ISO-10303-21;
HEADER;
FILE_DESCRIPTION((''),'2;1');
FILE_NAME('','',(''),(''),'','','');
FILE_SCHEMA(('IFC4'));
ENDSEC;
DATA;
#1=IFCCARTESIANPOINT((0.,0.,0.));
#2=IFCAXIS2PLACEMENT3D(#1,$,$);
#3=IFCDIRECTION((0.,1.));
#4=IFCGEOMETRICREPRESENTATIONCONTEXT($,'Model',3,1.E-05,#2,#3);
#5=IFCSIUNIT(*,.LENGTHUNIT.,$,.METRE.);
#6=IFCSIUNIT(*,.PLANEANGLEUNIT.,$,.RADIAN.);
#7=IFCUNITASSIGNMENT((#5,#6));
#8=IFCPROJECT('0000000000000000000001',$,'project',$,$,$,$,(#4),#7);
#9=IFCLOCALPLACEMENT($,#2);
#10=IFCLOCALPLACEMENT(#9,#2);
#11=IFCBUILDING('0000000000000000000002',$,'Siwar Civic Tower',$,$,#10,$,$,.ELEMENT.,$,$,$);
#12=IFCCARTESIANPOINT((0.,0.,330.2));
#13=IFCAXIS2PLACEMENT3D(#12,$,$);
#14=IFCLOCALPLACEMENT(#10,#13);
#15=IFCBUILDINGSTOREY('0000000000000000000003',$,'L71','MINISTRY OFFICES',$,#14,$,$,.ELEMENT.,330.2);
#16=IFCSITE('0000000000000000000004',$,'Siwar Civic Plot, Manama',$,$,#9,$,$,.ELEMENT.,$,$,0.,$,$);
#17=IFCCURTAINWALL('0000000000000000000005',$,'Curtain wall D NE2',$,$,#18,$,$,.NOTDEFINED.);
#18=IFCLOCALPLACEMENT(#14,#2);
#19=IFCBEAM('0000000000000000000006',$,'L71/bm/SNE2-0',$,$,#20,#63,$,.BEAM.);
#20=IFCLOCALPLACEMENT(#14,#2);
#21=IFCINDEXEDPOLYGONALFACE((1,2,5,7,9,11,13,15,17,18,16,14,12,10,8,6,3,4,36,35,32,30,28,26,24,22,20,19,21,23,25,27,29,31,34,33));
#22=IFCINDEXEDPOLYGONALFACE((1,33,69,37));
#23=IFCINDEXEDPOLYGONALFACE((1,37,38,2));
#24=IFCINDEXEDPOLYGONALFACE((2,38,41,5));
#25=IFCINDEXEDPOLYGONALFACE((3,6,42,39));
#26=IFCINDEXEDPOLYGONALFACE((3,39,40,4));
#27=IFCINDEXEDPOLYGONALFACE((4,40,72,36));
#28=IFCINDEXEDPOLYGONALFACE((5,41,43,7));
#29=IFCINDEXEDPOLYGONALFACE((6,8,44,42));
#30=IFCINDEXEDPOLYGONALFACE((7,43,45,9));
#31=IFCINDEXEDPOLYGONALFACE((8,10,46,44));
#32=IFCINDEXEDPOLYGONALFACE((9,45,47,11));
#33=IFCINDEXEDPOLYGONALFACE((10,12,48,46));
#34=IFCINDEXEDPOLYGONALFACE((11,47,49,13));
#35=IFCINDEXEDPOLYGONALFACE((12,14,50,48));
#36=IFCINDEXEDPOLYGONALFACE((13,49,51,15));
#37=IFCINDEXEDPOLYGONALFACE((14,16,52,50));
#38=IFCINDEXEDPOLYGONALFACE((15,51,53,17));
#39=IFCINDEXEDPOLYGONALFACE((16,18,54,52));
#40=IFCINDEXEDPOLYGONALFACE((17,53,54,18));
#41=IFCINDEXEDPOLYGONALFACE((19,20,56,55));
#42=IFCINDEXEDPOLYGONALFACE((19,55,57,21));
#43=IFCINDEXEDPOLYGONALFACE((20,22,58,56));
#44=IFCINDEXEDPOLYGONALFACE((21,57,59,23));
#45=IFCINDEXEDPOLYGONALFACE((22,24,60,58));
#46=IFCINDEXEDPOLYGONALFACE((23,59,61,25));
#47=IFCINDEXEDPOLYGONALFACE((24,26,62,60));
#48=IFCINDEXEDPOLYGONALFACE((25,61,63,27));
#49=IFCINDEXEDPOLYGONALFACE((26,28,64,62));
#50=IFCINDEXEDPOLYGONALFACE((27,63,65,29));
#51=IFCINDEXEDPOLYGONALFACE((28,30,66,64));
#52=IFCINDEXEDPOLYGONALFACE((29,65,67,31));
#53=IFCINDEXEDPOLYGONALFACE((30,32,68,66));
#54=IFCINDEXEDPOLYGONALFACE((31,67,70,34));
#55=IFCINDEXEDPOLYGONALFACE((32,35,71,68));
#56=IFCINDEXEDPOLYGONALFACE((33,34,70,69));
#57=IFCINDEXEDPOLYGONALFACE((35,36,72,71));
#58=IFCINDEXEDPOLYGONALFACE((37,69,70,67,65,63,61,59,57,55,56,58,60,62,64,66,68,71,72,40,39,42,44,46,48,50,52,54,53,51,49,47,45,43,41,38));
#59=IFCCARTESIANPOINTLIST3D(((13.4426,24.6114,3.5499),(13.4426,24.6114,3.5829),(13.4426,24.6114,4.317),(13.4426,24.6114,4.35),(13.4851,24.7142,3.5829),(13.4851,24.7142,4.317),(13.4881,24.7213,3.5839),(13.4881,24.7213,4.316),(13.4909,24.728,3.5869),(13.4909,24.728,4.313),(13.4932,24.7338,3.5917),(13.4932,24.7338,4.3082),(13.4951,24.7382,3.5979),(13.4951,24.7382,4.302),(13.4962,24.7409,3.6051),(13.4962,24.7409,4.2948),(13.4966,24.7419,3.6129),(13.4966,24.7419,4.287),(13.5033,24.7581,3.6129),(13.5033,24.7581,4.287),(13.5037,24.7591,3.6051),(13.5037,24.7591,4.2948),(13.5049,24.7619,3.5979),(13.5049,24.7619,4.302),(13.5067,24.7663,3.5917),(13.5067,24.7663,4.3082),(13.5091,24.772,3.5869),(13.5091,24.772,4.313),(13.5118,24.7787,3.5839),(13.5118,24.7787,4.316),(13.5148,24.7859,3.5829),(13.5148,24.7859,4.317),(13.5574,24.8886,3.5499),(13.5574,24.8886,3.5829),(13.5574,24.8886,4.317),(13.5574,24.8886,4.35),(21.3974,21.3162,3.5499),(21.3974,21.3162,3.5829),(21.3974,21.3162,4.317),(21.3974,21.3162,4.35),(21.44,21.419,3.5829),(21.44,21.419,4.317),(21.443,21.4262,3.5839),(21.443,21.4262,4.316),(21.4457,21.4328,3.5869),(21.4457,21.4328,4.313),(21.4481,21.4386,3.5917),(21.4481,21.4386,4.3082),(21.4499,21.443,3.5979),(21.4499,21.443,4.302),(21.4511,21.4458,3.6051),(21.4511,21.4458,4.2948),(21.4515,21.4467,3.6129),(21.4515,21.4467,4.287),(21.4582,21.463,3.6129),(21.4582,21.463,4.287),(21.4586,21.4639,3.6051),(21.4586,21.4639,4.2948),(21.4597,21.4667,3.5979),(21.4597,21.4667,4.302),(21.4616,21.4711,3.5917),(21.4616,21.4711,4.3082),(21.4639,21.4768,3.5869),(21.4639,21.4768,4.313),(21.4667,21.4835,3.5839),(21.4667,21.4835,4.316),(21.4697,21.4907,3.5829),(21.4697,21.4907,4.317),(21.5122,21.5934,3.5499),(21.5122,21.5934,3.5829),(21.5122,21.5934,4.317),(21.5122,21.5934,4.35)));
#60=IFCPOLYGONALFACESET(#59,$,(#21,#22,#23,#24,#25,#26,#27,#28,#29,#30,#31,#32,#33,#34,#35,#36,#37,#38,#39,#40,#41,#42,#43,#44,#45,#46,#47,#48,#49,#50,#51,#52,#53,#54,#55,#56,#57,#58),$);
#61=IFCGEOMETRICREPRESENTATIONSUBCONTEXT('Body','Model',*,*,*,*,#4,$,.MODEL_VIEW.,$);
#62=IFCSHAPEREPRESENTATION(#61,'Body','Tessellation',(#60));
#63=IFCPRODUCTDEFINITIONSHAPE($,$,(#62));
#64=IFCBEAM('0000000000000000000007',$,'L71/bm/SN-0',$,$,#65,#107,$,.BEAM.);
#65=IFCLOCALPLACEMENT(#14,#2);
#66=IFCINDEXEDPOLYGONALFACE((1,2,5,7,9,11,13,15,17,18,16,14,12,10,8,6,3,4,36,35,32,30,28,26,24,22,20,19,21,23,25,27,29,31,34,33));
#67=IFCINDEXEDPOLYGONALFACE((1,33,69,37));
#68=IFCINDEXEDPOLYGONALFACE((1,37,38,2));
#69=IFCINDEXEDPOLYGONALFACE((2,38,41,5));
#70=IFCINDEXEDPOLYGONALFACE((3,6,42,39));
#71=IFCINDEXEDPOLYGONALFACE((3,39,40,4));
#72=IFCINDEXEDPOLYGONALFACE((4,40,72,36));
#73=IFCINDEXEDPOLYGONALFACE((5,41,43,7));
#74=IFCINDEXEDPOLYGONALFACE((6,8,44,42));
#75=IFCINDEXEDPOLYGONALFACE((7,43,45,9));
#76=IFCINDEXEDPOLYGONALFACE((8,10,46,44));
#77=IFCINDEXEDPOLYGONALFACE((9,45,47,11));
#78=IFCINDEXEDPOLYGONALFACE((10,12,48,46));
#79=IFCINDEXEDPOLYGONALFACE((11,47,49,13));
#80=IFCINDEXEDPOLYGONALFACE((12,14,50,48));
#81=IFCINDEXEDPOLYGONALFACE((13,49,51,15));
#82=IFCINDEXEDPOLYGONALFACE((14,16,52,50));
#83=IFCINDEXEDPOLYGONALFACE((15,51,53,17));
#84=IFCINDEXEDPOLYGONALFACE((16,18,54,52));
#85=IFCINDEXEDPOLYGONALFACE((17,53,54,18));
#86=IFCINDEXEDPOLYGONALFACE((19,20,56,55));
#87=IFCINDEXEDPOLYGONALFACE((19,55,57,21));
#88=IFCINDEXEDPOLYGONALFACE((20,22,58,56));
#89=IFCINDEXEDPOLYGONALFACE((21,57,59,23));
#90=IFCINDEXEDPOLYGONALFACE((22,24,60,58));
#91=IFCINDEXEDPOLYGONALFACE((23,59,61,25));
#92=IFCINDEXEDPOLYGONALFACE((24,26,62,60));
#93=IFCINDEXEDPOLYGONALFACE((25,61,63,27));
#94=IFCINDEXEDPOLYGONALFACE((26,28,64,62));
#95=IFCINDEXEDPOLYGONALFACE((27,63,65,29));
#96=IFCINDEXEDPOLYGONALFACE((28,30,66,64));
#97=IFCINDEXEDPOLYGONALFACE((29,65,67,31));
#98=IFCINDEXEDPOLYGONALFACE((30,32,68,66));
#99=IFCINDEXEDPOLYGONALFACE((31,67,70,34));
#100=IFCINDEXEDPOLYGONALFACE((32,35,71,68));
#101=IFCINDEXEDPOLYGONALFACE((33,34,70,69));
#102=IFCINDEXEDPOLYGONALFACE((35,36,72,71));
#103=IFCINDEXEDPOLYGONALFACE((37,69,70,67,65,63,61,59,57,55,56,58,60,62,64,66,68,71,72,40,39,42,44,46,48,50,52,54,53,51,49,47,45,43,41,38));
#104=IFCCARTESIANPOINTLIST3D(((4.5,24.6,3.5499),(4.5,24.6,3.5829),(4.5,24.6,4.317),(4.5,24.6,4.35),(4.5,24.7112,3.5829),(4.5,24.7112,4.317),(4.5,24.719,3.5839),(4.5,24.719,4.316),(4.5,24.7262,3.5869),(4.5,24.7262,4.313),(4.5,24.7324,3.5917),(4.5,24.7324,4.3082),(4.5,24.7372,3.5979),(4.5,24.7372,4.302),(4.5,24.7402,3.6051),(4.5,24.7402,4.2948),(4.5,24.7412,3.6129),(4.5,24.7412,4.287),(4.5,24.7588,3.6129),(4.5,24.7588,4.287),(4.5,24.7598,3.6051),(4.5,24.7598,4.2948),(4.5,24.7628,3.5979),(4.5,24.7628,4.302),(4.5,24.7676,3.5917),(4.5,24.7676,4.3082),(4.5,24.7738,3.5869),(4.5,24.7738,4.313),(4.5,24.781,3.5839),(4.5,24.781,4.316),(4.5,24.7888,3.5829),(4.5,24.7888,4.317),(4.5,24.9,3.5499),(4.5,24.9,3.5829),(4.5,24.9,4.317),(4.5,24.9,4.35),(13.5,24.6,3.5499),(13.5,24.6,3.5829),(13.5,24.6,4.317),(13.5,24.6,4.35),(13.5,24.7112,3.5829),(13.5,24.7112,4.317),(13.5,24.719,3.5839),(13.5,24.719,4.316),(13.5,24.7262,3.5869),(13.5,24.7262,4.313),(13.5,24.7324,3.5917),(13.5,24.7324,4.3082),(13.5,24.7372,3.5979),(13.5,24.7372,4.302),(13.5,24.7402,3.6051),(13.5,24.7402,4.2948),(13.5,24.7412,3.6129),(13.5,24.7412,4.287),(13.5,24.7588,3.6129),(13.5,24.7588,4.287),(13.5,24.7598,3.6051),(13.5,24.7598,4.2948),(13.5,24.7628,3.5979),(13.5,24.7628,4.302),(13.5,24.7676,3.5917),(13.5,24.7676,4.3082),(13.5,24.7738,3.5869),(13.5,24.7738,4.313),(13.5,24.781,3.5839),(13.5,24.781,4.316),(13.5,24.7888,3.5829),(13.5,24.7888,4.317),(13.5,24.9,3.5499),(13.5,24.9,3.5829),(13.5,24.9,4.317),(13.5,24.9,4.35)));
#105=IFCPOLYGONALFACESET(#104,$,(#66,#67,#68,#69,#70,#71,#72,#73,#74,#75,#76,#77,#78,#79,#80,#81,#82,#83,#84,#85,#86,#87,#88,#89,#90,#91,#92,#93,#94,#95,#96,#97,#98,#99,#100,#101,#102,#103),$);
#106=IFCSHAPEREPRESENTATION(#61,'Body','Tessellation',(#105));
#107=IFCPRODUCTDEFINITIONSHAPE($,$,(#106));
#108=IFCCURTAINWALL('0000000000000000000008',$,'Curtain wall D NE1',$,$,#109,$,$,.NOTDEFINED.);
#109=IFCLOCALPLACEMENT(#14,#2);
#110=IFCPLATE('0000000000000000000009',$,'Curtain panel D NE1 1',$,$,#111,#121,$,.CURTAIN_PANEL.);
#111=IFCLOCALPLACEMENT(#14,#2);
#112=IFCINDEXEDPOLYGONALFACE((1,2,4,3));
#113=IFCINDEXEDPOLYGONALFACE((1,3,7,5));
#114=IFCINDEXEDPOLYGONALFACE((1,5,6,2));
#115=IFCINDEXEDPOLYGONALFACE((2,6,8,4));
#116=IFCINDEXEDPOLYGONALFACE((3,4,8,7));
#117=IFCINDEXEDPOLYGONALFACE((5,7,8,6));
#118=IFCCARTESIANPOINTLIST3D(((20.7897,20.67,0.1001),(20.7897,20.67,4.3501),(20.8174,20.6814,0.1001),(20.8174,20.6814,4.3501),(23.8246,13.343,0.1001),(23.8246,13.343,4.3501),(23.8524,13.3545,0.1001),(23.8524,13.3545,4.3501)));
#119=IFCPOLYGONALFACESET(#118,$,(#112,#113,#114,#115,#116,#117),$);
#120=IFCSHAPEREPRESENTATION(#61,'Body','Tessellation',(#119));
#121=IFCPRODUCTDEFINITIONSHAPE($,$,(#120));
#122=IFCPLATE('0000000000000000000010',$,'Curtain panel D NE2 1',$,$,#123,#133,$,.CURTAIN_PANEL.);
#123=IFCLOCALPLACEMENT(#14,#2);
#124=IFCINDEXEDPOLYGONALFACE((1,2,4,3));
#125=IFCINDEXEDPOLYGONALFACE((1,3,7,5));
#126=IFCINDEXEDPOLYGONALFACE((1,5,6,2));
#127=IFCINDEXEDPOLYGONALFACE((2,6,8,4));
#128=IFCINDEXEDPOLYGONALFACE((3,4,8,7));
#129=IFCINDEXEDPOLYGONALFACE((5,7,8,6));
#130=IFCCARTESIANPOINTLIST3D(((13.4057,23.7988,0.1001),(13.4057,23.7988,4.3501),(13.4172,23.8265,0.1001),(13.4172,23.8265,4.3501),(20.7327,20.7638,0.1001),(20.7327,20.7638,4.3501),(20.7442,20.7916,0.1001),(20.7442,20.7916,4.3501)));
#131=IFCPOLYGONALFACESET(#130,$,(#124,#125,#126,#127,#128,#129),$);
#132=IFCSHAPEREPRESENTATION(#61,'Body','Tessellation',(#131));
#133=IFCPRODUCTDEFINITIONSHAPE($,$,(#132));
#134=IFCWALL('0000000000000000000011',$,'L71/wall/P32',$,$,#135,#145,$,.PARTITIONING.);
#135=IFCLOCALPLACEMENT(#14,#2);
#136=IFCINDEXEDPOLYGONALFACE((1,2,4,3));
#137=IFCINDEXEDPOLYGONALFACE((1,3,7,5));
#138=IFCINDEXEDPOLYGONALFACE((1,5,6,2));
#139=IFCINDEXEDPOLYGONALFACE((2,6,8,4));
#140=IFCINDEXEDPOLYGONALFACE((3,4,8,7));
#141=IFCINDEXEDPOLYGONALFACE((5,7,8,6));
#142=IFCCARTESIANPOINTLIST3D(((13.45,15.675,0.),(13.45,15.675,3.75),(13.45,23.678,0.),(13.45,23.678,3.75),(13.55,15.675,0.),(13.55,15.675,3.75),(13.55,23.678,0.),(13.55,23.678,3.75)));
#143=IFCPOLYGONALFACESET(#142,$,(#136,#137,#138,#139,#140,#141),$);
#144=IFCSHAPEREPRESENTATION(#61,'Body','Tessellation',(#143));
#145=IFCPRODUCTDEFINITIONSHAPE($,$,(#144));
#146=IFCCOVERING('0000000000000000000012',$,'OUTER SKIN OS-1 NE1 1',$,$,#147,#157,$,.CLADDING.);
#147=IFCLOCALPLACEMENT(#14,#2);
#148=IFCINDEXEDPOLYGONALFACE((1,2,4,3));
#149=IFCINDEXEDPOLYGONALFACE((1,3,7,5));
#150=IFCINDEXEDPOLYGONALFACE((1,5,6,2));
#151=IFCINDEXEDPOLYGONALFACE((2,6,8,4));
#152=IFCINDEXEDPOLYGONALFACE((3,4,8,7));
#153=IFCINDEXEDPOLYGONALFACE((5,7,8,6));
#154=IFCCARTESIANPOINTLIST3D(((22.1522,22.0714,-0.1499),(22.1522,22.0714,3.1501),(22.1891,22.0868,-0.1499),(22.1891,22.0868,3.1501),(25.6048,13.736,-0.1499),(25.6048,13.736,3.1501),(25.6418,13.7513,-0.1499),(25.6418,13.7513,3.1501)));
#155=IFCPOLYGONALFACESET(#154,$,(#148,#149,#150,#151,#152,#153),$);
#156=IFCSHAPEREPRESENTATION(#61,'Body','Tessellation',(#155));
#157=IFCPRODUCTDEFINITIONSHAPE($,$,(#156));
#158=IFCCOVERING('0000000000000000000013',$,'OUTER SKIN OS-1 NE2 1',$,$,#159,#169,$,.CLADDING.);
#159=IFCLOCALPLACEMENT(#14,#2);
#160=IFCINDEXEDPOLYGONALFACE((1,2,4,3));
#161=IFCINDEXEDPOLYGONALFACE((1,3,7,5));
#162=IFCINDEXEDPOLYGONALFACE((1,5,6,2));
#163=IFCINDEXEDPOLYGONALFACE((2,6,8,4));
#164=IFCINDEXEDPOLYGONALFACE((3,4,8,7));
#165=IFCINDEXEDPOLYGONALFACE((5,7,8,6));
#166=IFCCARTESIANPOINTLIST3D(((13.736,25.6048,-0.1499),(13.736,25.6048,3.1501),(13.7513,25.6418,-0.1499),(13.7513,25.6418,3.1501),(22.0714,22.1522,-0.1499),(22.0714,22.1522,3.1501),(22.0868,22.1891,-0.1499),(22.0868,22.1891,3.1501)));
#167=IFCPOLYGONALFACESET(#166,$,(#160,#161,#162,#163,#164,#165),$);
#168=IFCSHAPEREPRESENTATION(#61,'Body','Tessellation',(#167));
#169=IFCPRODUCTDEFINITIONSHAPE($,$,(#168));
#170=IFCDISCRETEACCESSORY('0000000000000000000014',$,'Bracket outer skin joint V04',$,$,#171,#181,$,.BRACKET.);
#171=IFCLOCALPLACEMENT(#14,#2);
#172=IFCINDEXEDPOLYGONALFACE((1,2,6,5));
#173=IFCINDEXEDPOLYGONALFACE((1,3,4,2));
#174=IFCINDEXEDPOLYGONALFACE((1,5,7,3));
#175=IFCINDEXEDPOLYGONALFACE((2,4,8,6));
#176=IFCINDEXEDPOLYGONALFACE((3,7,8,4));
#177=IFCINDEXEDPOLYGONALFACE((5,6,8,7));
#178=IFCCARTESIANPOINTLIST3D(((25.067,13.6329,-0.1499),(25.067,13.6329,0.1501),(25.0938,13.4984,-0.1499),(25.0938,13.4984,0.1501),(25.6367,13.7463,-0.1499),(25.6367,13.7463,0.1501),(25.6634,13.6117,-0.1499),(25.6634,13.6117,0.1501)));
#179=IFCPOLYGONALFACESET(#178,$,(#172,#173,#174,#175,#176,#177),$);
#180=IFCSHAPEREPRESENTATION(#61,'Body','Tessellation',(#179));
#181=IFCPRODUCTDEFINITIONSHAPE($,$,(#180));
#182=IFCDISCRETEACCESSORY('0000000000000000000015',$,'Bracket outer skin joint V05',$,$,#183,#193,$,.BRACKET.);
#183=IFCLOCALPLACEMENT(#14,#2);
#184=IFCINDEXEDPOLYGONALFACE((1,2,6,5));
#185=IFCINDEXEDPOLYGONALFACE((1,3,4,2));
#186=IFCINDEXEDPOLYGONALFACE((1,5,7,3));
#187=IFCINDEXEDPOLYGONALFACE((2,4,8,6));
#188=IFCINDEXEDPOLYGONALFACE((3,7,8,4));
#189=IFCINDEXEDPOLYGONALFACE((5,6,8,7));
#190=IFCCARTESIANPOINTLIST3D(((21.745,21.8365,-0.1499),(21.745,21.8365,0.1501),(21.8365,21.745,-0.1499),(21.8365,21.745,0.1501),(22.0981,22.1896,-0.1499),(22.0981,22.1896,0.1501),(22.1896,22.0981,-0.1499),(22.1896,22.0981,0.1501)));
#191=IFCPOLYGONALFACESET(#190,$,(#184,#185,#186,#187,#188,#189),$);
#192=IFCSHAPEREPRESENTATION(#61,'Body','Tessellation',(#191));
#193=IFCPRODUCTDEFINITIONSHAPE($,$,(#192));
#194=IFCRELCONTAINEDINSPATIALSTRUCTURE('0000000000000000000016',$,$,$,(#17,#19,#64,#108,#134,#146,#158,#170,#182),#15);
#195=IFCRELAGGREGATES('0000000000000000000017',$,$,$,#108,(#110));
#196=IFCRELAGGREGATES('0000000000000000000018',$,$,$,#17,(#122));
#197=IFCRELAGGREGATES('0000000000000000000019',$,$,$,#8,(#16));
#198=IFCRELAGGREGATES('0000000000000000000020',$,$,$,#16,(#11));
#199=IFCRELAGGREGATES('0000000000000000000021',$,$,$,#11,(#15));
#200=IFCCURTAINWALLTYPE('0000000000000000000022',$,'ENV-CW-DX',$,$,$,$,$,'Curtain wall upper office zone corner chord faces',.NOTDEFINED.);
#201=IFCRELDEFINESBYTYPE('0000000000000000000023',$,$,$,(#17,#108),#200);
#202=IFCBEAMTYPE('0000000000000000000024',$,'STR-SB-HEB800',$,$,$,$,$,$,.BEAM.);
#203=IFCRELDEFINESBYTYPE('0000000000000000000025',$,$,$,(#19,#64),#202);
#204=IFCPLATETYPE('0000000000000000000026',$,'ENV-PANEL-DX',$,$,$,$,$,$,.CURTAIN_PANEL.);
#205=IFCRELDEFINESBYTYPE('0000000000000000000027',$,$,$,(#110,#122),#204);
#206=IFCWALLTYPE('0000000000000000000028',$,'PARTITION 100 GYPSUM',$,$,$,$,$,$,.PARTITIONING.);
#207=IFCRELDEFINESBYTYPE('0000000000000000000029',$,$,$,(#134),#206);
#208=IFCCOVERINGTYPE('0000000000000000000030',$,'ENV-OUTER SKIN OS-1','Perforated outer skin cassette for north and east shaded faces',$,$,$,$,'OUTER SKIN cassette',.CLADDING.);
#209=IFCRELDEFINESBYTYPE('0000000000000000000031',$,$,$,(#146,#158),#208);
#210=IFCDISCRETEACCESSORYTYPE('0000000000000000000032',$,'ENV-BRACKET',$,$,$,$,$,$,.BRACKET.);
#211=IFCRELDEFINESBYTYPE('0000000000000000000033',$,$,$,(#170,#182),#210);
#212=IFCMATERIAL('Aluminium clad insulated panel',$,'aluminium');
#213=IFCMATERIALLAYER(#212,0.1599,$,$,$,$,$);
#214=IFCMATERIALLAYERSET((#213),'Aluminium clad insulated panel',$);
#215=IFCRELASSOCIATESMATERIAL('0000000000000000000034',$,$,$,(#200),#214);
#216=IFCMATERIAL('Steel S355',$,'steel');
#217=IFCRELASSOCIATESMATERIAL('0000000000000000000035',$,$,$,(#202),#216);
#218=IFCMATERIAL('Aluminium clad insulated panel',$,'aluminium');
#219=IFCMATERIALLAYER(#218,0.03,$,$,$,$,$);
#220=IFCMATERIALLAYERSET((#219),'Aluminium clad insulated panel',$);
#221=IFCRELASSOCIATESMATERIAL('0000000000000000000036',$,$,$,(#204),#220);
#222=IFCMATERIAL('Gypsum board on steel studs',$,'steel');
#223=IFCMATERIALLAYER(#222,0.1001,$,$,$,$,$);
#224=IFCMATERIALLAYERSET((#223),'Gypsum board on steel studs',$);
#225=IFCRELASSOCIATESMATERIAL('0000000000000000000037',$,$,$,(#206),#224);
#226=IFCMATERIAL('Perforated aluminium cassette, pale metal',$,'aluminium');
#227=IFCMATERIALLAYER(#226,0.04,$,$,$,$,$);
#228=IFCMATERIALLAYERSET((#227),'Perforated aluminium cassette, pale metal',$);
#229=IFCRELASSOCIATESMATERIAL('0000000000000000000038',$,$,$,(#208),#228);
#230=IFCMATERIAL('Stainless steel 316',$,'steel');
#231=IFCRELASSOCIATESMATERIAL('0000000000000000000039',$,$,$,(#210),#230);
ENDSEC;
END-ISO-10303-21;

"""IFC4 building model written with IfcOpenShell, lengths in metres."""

from ifc_helpers import new_model, si_unit, direction, frame, frame_2d, origin, origin_2d, place, context, subcontext, project, spatial, rectangle, i_section, extrude, material, layer, layer_set, material_profile, profile_set, type_object, element, aggregate, save


model = new_model("IFC4")

# Units and contexts
model_context = context("Model", 3, precision=1e-05, world=origin(), true_north=direction((0.0, 1.0)))
body_context = subcontext(model_context, "Body", "Model", "MODEL_VIEW")
ifc_project = project(units=[si_unit("LENGTHUNIT", "METRE"), si_unit("PLANEANGLEUNIT", "RADIAN")], contexts=[model_context])

# Site, building, storey
site_placement = place(None, origin())
site = spatial("IfcSite", under=ifc_project, at=site_placement, Name="Siwar Civic Plot, Manama", CompositionType="ELEMENT", RefElevation=0.0)
building_placement = place(site_placement, origin())
building = spatial("IfcBuilding", under=site, at=building_placement, Name="Siwar Civic Tower", CompositionType="ELEMENT")
storey_placement = place(building_placement, frame((0.0, 0.0, 330.2)))
storey = spatial("IfcBuildingStorey", under=building, at=storey_placement, Name="L71", Description="MINISTRY OFFICES", CompositionType="ELEMENT", Elevation=330.2)

# Curtain wall
ifc_material_1 = material(Name="Aluminium clad insulated panel", Category="aluminium")
ifc_layer_1 = layer(ifc_material_1, 0.1599)
ifc_layer_set_1 = layer_set([ifc_layer_1], Name="Aluminium clad insulated panel")
curtain_wall_type_1 = type_object("IfcCurtainWallType", Name="ENV-CW-DX", ElementType="Curtain wall upper office zone corner chord faces", PredefinedType="NOTDEFINED", material=ifc_layer_set_1)
curtain_wall_1_placement = place(storey_placement, origin())
curtain_wall_1 = element("IfcCurtainWall", 1, at=curtain_wall_1_placement, inside=storey, type_object=curtain_wall_type_1, Name="Curtain wall D NE2", PredefinedType="NOTDEFINED")

# Beams
ifc_material_2 = material(Name="Steel S355", Category="steel")
ifc_material_profile_1 = material_profile(ifc_material_2, i_section(OverallWidth=0.3, OverallDepth=0.8, WebThickness=0.0176, FlangeThickness=0.033, FilletRadius=0.03, at=origin_2d()), Name="HEB800")
ifc_profile_set_1 = profile_set([ifc_material_profile_1], Name="Steel S355")
beam_type_1 = type_object("IfcBeamType", Name="STR-SB-HEB800", PredefinedType="BEAM", material=ifc_profile_set_1)
beam_1_placement = place(storey_placement, frame((21.4548, 21.4548, 3.95), z_axis=(-0.923873, 0.3827, 0.0), x_axis=(-0.3827, -0.923873, 0.0)))
element("IfcBeam", 2, at=beam_1_placement, inside=storey, type_object=beam_type_1, Name="L71/bm/SNE2-0", PredefinedType="BEAM", context=body_context, shape_type="SweptSolid", body=[
    extrude(i_section(OverallWidth=0.3, OverallDepth=0.8, WebThickness=0.0176, FlangeThickness=0.033, FilletRadius=0.03, at=origin_2d()), origin(), (0.0, 0.0, 1.0), 8.6104),
])
beam_2_placement = place(storey_placement, frame((13.5, 24.75, 3.95), z_axis=(-1.0, 0.0, 0.0), x_axis=(0.0, -1.0, 0.0)))
element("IfcBeam", 3, at=beam_2_placement, inside=storey, type_object=beam_type_1, Name="L71/bm/SN-0", PredefinedType="BEAM", context=body_context, shape_type="SweptSolid", body=[
    extrude(i_section(OverallWidth=0.3, OverallDepth=0.8, WebThickness=0.0176, FlangeThickness=0.033, FilletRadius=0.03, at=origin_2d()), origin(), (0.0, 0.0, 1.0), 9.0),
])

# Curtain wall, plate
curtain_wall_2_placement = place(storey_placement, origin())
curtain_wall_2 = element("IfcCurtainWall", 4, at=curtain_wall_2_placement, inside=storey, type_object=curtain_wall_type_1, Name="Curtain wall D NE1", PredefinedType="NOTDEFINED")
ifc_material_3 = material(Name="Aluminium clad insulated panel", Category="aluminium")
ifc_layer_2 = layer(ifc_material_3, 0.03)
ifc_layer_set_2 = layer_set([ifc_layer_2], Name="Aluminium clad insulated panel")
plate_type = type_object("IfcPlateType", Name="ENV-PANEL-DX", PredefinedType="CURTAIN_PANEL", material=ifc_layer_set_2)
plate_1_placement = place(storey_placement, frame((22.321, 17.0122, 0.1001), z_axis=(0.0, 0.0, 1.0), x_axis=(-0.382683, 0.92388, 0.0)))
plate_1 = element("IfcPlate", 5, at=plate_1_placement, type_object=plate_type, Name="Curtain panel D NE1 1", PredefinedType="CURTAIN_PANEL", context=body_context, shape_type="SweptSolid", body=[
    extrude(rectangle(XDim=7.9307, YDim=0.03, at=origin_2d()), origin(), (0.0, 0.0, 1.0), 4.25),
])
aggregate(curtain_wall_2, [plate_1])

# Plate
plate_2_placement = place(storey_placement, frame((17.075, 22.2952, 0.1001), z_axis=(0.0, 0.0, 1.0), x_axis=(-0.92388, 0.382683, 0.0)))
plate_2 = element("IfcPlate", 6, at=plate_2_placement, type_object=plate_type, Name="Curtain panel D NE2 1", PredefinedType="CURTAIN_PANEL", context=body_context, shape_type="SweptSolid", body=[
    extrude(rectangle(XDim=7.9307, YDim=0.03, at=origin_2d()), origin(), (0.0, 0.0, 1.0), 4.25),
])
aggregate(curtain_wall_1, [plate_2])

# Wall
ifc_material_4 = material(Name="Gypsum board on steel studs", Category="steel")
ifc_layer_3 = layer(ifc_material_4, 0.1001)
ifc_layer_set_3 = layer_set([ifc_layer_3], Name="Gypsum board on steel studs")
wall_type = type_object("IfcWallType", Name="PARTITION 100 GYPSUM", PredefinedType="PARTITIONING", material=ifc_layer_set_3)
wall_placement = place(storey_placement, frame((13.5, 15.675, 0.0), z_axis=(0.0, 0.0, 1.0), x_axis=(0.0, 1.0, 0.0)))
element("IfcWall", 7, at=wall_placement, inside=storey, type_object=wall_type, Name="L71/wall/P32", PredefinedType="PARTITIONING", context=body_context, shape_type="SweptSolid", body=[
    extrude(rectangle(XDim=8.0029, YDim=0.1001, at=frame_2d((4.0015, 0.0))), origin(), (0.0, 0.0, 1.0), 3.75),
])

# Coverings
ifc_material_5 = material(Name="Perforated aluminium cassette, pale metal", Category="aluminium")
ifc_layer_4 = layer(ifc_material_5, 0.04)
ifc_layer_set_4 = layer_set([ifc_layer_4], Name="Perforated aluminium cassette, pale metal")
covering_type = type_object("IfcCoveringType", Name="ENV-OUTER SKIN OS-1", Description="Perforated outer skin cassette for north and east shaded faces", ElementType="OUTER SKIN cassette", PredefinedType="CLADDING", material=ifc_layer_set_4)
for number, where, z_axis, x_axis, name in (
    (8, (23.897, 17.9114, -0.1499), (0.0, 0.0, 1.0), (-0.382683, 0.92388, 0.0), "OUTER SKIN OS-1 NE1 1"),
    (9, (17.9114, 23.897, -0.1499), (0.0, 0.0, 1.0), (-0.92388, 0.382683, 0.0), "OUTER SKIN OS-1 NE2 1"),
):
    element("IfcCovering", number, at=place(storey_placement, frame(where, z_axis=z_axis, x_axis=x_axis)), inside=storey, type_object=covering_type, Name=name, PredefinedType="CLADDING", context=body_context, shape_type="SweptSolid", body=[
        extrude(rectangle(XDim=9.0222, YDim=0.04, at=origin_2d()), origin(), (0.0, 0.0, 1.0), 3.3),
    ])

# Discrete accessories
ifc_material_6 = material(Name="Stainless steel 316", Category="steel")
discrete_accessory_type = type_object("IfcDiscreteAccessoryType", Name="ENV-BRACKET", PredefinedType="BRACKET", material=ifc_material_6)
discrete_accessory_1_placement = place(storey_placement, frame((25.3652, 13.6223, -0.1499), z_axis=(0.0, 0.0, 1.0), x_axis=(0.980785, 0.19509, 0.0)))
element("IfcDiscreteAccessory", 10, at=discrete_accessory_1_placement, inside=storey, type_object=discrete_accessory_type, Name="Bracket outer skin joint V04", PredefinedType="BRACKET", context=body_context, shape_type="SweptSolid", body=[
    extrude(rectangle(XDim=0.5808, YDim=0.1372, at=origin_2d()), origin(), (0.0, 0.0, 1.0), 0.3),
])
discrete_accessory_2_placement = place(storey_placement, frame((21.9673, 21.9673, -0.1499), z_axis=(0.0, 0.0, 1.0), x_axis=(0.707107, 0.707107, 0.0)))
element("IfcDiscreteAccessory", 11, at=discrete_accessory_2_placement, inside=storey, type_object=discrete_accessory_type, Name="Bracket outer skin joint V05", PredefinedType="BRACKET", context=body_context, shape_type="SweptSolid", body=[
    extrude(rectangle(XDim=0.4993, YDim=0.1294, at=origin_2d()), origin(), (0.0, 0.0, 1.0), 0.3),
])

save(model, "model.ifc")
